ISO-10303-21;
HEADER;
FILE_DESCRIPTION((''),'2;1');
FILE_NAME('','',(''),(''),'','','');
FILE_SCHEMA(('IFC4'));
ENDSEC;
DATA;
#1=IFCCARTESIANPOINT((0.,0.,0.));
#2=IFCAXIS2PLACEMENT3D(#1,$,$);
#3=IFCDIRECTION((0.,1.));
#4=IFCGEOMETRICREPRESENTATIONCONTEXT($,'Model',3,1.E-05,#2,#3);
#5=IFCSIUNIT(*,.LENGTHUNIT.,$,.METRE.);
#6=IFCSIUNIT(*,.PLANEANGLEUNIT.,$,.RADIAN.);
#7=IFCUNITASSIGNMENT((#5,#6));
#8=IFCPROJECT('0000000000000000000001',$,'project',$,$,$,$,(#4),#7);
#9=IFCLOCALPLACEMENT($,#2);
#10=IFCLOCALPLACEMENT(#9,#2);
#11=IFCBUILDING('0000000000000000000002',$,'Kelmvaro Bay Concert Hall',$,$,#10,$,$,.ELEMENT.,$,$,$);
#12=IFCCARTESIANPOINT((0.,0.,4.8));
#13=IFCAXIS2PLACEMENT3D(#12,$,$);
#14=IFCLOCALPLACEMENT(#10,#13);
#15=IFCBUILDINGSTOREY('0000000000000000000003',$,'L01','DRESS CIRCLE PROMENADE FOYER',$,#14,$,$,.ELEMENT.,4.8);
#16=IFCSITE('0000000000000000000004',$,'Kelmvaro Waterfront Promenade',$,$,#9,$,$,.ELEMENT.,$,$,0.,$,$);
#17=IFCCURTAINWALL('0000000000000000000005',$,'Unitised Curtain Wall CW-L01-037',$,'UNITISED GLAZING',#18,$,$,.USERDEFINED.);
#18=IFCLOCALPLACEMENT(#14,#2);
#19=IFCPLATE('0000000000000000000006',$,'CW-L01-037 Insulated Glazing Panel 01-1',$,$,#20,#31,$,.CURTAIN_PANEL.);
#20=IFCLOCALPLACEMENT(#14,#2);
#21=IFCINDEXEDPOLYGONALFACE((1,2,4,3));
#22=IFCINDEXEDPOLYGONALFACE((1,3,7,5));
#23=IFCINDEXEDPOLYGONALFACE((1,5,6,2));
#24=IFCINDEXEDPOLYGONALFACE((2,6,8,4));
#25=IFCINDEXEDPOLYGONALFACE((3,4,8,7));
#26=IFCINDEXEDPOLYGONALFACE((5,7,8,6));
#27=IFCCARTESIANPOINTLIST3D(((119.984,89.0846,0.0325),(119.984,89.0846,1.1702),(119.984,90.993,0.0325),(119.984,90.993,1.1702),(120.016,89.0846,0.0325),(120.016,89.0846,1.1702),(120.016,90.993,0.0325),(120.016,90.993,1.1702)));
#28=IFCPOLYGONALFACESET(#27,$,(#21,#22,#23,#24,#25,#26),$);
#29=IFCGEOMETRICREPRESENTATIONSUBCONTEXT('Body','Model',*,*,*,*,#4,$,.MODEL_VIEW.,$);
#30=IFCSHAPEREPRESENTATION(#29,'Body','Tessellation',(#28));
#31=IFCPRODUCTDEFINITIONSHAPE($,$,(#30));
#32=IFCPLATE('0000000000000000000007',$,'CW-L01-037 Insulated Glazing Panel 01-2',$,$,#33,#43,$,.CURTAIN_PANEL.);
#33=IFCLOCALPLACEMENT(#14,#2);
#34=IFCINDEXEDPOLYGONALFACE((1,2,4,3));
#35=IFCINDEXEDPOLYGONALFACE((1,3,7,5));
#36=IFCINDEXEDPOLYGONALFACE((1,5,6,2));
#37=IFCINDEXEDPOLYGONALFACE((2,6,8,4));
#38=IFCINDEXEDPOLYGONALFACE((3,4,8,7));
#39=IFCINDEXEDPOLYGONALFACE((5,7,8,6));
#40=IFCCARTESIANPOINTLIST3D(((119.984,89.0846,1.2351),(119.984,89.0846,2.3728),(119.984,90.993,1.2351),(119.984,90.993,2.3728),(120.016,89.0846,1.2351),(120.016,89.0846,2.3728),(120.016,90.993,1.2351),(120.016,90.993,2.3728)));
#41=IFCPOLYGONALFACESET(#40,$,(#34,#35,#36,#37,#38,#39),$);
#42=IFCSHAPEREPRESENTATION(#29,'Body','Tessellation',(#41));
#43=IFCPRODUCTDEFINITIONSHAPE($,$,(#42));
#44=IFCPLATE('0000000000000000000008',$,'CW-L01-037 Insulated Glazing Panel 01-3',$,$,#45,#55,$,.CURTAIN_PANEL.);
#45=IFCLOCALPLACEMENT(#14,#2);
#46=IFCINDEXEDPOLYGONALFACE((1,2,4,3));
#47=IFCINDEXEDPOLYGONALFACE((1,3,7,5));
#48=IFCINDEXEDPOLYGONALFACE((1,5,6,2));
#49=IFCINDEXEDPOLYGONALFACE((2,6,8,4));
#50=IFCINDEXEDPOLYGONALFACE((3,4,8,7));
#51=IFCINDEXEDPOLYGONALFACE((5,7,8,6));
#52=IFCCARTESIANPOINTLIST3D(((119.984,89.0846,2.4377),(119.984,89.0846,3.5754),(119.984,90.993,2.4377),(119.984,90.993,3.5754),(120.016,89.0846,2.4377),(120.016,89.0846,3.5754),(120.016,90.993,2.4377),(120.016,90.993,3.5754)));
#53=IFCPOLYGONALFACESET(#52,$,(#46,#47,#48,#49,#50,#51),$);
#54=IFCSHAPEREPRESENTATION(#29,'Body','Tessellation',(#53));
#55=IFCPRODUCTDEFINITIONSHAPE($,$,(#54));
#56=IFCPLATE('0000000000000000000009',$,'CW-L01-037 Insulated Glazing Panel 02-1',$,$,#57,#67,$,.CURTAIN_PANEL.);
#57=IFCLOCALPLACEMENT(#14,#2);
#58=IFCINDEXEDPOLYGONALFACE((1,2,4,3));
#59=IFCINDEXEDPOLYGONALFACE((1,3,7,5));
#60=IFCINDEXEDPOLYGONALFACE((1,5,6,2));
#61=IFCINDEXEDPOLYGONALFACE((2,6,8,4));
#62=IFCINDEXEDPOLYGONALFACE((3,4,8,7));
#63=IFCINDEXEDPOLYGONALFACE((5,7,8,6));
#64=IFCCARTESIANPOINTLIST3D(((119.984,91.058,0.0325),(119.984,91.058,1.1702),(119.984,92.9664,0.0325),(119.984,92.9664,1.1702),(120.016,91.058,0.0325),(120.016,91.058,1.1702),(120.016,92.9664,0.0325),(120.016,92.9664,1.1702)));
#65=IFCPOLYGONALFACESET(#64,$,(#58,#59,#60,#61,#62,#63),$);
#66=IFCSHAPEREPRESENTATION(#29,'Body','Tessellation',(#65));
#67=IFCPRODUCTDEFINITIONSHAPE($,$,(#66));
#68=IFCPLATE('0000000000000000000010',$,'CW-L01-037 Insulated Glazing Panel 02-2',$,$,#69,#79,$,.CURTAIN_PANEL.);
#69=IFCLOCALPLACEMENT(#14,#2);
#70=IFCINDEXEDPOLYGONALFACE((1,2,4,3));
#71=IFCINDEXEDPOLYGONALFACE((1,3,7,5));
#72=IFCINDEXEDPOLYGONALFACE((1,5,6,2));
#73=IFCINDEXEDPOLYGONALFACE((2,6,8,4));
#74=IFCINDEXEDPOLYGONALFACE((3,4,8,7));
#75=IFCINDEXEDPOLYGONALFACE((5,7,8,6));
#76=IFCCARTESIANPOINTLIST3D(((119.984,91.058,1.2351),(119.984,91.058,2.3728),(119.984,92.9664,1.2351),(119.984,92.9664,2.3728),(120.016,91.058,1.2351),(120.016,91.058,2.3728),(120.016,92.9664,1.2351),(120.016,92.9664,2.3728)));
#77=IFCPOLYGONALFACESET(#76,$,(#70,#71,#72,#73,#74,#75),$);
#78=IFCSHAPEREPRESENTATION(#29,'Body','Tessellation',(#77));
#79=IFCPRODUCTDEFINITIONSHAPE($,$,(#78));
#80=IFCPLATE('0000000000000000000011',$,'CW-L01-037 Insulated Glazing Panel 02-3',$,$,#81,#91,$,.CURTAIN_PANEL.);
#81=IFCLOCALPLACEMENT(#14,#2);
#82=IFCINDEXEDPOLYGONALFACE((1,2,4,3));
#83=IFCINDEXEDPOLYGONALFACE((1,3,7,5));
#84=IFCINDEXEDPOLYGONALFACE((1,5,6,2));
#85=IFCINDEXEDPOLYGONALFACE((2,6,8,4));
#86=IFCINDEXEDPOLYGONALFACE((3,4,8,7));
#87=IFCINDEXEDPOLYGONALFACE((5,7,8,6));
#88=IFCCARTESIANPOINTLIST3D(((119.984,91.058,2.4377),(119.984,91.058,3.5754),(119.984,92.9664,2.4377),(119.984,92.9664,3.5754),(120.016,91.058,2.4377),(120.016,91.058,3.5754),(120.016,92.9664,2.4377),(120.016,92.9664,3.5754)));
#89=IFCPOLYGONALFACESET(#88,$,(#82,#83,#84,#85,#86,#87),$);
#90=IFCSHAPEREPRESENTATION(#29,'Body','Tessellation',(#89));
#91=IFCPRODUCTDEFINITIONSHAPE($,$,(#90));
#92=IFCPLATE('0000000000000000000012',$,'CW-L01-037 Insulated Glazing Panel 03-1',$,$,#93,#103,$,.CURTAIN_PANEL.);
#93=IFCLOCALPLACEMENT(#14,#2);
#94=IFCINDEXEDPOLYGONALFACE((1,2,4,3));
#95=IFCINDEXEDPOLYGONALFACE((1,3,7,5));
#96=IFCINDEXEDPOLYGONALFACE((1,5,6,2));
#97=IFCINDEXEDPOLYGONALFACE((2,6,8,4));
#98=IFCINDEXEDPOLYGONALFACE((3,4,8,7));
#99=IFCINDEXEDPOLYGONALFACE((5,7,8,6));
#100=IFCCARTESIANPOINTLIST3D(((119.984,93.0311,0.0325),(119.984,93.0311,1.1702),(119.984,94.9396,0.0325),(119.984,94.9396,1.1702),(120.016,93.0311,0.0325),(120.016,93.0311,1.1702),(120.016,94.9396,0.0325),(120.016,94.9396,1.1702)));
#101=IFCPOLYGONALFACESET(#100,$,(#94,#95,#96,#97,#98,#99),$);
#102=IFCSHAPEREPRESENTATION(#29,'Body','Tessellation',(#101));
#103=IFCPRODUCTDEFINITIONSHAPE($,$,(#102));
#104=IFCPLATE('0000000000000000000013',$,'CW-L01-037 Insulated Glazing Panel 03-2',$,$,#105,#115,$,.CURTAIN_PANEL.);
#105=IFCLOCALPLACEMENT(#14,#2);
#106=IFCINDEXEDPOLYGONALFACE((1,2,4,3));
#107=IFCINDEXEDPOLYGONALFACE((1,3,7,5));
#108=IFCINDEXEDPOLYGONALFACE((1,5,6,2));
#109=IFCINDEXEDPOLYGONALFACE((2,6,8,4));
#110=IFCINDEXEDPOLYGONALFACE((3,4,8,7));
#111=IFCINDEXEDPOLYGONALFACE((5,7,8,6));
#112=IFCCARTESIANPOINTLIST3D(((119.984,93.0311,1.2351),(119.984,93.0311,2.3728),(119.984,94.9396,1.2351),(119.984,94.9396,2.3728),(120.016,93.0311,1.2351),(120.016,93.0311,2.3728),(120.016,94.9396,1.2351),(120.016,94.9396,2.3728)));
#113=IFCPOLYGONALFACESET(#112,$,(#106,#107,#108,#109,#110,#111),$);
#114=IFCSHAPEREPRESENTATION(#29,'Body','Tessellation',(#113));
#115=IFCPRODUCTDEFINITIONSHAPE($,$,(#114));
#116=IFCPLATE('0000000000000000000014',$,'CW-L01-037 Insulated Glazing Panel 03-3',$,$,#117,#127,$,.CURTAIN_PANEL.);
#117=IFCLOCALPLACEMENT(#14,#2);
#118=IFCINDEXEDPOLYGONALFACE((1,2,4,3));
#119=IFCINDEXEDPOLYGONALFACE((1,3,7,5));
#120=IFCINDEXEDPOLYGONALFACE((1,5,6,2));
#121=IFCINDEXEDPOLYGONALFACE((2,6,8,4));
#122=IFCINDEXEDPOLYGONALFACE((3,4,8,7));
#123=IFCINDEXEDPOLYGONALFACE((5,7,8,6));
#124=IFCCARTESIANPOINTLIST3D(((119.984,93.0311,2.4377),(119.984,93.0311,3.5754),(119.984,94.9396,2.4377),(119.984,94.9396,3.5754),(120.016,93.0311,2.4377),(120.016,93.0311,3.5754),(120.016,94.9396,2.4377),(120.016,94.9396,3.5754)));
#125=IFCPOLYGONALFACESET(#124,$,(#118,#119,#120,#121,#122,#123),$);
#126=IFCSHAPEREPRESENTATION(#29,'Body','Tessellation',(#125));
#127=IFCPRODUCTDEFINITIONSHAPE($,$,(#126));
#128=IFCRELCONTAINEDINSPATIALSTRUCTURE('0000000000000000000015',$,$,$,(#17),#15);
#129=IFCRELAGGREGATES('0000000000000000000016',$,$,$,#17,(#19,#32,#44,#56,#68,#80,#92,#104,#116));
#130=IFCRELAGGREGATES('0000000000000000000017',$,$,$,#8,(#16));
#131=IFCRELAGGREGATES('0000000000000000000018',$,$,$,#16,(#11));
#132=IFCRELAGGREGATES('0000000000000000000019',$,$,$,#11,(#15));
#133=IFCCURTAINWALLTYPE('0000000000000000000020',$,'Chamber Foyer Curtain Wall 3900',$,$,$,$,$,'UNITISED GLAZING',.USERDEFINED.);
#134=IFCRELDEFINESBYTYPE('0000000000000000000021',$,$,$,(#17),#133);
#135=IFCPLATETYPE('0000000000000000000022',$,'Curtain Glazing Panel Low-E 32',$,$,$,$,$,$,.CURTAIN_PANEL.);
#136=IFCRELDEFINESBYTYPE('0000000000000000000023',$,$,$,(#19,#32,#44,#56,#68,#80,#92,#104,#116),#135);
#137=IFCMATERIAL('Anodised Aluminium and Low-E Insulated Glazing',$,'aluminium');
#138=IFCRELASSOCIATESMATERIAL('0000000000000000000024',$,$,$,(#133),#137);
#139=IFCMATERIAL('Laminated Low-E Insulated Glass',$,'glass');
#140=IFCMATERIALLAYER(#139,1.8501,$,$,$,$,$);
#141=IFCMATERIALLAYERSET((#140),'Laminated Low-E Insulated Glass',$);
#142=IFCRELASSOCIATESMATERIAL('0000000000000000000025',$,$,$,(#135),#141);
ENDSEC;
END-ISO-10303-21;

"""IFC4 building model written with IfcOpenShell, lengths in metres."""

from ifc_helpers import new_model, si_unit, direction, frame, origin, origin_2d, place, context, subcontext, project, spatial, rectangle, extrude, material, layer, layer_set, type_object, element, aggregate, save


model = new_model("IFC4")

# Units and contexts
model_context = context("Model", 3, precision=1e-05, world=origin(), true_north=direction((0.0, 1.0)))
body_context = subcontext(model_context, "Body", "Model", "MODEL_VIEW")
ifc_project = project(units=[si_unit("LENGTHUNIT", "METRE"), si_unit("PLANEANGLEUNIT", "RADIAN")], contexts=[model_context])

# Site, building, storey
site_placement = place(None, origin())
site = spatial("IfcSite", under=ifc_project, at=site_placement, Name="Kelmvaro Waterfront Promenade", CompositionType="ELEMENT", RefElevation=0.0)
building_placement = place(site_placement, origin())
building = spatial("IfcBuilding", under=site, at=building_placement, Name="Kelmvaro Bay Concert Hall", CompositionType="ELEMENT")
storey_placement = place(building_placement, frame((0.0, 0.0, 4.8)))
storey = spatial("IfcBuildingStorey", under=building, at=storey_placement, Name="L01", Description="DRESS CIRCLE PROMENADE FOYER", CompositionType="ELEMENT", Elevation=4.8)

# Shared definitions
ifc_material_1 = material(Name="Anodised Aluminium and Low-E Insulated Glazing", Category="aluminium")
curtain_wall_type = type_object("IfcCurtainWallType", Name="Chamber Foyer Curtain Wall 3900", ElementType="UNITISED GLAZING", PredefinedType="USERDEFINED", material=ifc_material_1)

# Curtain wall
curtain_wall_1_placement = place(storey_placement, origin())
curtain_wall_1 = element("IfcCurtainWall", 1, at=curtain_wall_1_placement, inside=storey, type_object=curtain_wall_type, Name="Unitised Curtain Wall CW-L01-037", ObjectType="UNITISED GLAZING", PredefinedType="USERDEFINED")

# Plates
ifc_material_2 = material(Name="Laminated Low-E Insulated Glass", Category="glass")
ifc_layer = layer(ifc_material_2, 1.8501)
ifc_layer_set = layer_set([ifc_layer], Name="Laminated Low-E Insulated Glass")
plate_type = type_object("IfcPlateType", Name="Curtain Glazing Panel Low-E 32", PredefinedType="CURTAIN_PANEL", material=ifc_layer_set)
plate_1_placement = place(storey_placement, frame((120.0, 90.0388, 0.0325), z_axis=(0.0, 0.0, 1.0), x_axis=(0.0, 1.0, 0.0)))
plate_1 = element("IfcPlate", 2, at=plate_1_placement, type_object=plate_type, Name="CW-L01-037 Insulated Glazing Panel 01-1", PredefinedType="CURTAIN_PANEL", context=body_context, shape_type="SweptSolid", body=[
    extrude(rectangle(XDim=1.9084, YDim=0.032, at=origin_2d()), origin(), (0.0, 0.0, 1.0), 1.1377),
])
plate_2_placement = place(storey_placement, frame((120.0, 90.0388, 1.2351), z_axis=(0.0, 0.0, 1.0), x_axis=(0.0, 1.0, 0.0)))
plate_2 = element("IfcPlate", 3, at=plate_2_placement, type_object=plate_type, Name="CW-L01-037 Insulated Glazing Panel 01-2", PredefinedType="CURTAIN_PANEL", context=body_context, shape_type="SweptSolid", body=[
    extrude(rectangle(XDim=1.9084, YDim=0.032, at=origin_2d()), origin(), (0.0, 0.0, 1.0), 1.1377),
])
plate_3_placement = place(storey_placement, frame((120.0, 90.0388, 2.4377), z_axis=(0.0, 0.0, 1.0), x_axis=(0.0, 1.0, 0.0)))
plate_3 = element("IfcPlate", 4, at=plate_3_placement, type_object=plate_type, Name="CW-L01-037 Insulated Glazing Panel 01-3", PredefinedType="CURTAIN_PANEL", context=body_context, shape_type="SweptSolid", body=[
    extrude(rectangle(XDim=1.9084, YDim=0.032, at=origin_2d()), origin(), (0.0, 0.0, 1.0), 1.1377),
])
plate_4_placement = place(storey_placement, frame((120.0, 92.0122, 0.0325), z_axis=(0.0, 0.0, 1.0), x_axis=(0.0, 1.0, 0.0)))
plate_4 = element("IfcPlate", 5, at=plate_4_placement, type_object=plate_type, Name="CW-L01-037 Insulated Glazing Panel 02-1", PredefinedType="CURTAIN_PANEL", context=body_context, shape_type="SweptSolid", body=[
    extrude(rectangle(XDim=1.9084, YDim=0.032, at=origin_2d()), origin(), (0.0, 0.0, 1.0), 1.1377),
])
plate_5_placement = place(storey_placement, frame((120.0, 92.0122, 1.2351), z_axis=(0.0, 0.0, 1.0), x_axis=(0.0, 1.0, 0.0)))
plate_5 = element("IfcPlate", 6, at=plate_5_placement, type_object=plate_type, Name="CW-L01-037 Insulated Glazing Panel 02-2", PredefinedType="CURTAIN_PANEL", context=body_context, shape_type="SweptSolid", body=[
    extrude(rectangle(XDim=1.9084, YDim=0.032, at=origin_2d()), origin(), (0.0, 0.0, 1.0), 1.1377),
])
plate_6_placement = place(storey_placement, frame((120.0, 92.0122, 2.4377), z_axis=(0.0, 0.0, 1.0), x_axis=(0.0, 1.0, 0.0)))
plate_6 = element("IfcPlate", 7, at=plate_6_placement, type_object=plate_type, Name="CW-L01-037 Insulated Glazing Panel 02-3", PredefinedType="CURTAIN_PANEL", context=body_context, shape_type="SweptSolid", body=[
    extrude(rectangle(XDim=1.9084, YDim=0.032, at=origin_2d()), origin(), (0.0, 0.0, 1.0), 1.1377),
])
plate_7_placement = place(storey_placement, frame((120.0, 93.9854, 0.0325), z_axis=(0.0, 0.0, 1.0), x_axis=(0.0, 1.0, 0.0)))
plate_7 = element("IfcPlate", 8, at=plate_7_placement, type_object=plate_type, Name="CW-L01-037 Insulated Glazing Panel 03-1", PredefinedType="CURTAIN_PANEL", context=body_context, shape_type="SweptSolid", body=[
    extrude(rectangle(XDim=1.9084, YDim=0.032, at=origin_2d()), origin(), (0.0, 0.0, 1.0), 1.1377),
])
plate_8_placement = place(storey_placement, frame((120.0, 93.9854, 1.2351), z_axis=(0.0, 0.0, 1.0), x_axis=(0.0, 1.0, 0.0)))
plate_8 = element("IfcPlate", 9, at=plate_8_placement, type_object=plate_type, Name="CW-L01-037 Insulated Glazing Panel 03-2", PredefinedType="CURTAIN_PANEL", context=body_context, shape_type="SweptSolid", body=[
    extrude(rectangle(XDim=1.9084, YDim=0.032, at=origin_2d()), origin(), (0.0, 0.0, 1.0), 1.1377),
])
plate_9_placement = place(storey_placement, frame((120.0, 93.9854, 2.4377), z_axis=(0.0, 0.0, 1.0), x_axis=(0.0, 1.0, 0.0)))
plate_9 = element("IfcPlate", 10, at=plate_9_placement, type_object=plate_type, Name="CW-L01-037 Insulated Glazing Panel 03-3", PredefinedType="CURTAIN_PANEL", context=body_context, shape_type="SweptSolid", body=[
    extrude(rectangle(XDim=1.9084, YDim=0.032, at=origin_2d()), origin(), (0.0, 0.0, 1.0), 1.1377),
])
aggregate(curtain_wall_1, [plate_1, plate_2, plate_3, plate_4, plate_5, plate_6, plate_7, plate_8, plate_9])

save(model, "model.ifc")
